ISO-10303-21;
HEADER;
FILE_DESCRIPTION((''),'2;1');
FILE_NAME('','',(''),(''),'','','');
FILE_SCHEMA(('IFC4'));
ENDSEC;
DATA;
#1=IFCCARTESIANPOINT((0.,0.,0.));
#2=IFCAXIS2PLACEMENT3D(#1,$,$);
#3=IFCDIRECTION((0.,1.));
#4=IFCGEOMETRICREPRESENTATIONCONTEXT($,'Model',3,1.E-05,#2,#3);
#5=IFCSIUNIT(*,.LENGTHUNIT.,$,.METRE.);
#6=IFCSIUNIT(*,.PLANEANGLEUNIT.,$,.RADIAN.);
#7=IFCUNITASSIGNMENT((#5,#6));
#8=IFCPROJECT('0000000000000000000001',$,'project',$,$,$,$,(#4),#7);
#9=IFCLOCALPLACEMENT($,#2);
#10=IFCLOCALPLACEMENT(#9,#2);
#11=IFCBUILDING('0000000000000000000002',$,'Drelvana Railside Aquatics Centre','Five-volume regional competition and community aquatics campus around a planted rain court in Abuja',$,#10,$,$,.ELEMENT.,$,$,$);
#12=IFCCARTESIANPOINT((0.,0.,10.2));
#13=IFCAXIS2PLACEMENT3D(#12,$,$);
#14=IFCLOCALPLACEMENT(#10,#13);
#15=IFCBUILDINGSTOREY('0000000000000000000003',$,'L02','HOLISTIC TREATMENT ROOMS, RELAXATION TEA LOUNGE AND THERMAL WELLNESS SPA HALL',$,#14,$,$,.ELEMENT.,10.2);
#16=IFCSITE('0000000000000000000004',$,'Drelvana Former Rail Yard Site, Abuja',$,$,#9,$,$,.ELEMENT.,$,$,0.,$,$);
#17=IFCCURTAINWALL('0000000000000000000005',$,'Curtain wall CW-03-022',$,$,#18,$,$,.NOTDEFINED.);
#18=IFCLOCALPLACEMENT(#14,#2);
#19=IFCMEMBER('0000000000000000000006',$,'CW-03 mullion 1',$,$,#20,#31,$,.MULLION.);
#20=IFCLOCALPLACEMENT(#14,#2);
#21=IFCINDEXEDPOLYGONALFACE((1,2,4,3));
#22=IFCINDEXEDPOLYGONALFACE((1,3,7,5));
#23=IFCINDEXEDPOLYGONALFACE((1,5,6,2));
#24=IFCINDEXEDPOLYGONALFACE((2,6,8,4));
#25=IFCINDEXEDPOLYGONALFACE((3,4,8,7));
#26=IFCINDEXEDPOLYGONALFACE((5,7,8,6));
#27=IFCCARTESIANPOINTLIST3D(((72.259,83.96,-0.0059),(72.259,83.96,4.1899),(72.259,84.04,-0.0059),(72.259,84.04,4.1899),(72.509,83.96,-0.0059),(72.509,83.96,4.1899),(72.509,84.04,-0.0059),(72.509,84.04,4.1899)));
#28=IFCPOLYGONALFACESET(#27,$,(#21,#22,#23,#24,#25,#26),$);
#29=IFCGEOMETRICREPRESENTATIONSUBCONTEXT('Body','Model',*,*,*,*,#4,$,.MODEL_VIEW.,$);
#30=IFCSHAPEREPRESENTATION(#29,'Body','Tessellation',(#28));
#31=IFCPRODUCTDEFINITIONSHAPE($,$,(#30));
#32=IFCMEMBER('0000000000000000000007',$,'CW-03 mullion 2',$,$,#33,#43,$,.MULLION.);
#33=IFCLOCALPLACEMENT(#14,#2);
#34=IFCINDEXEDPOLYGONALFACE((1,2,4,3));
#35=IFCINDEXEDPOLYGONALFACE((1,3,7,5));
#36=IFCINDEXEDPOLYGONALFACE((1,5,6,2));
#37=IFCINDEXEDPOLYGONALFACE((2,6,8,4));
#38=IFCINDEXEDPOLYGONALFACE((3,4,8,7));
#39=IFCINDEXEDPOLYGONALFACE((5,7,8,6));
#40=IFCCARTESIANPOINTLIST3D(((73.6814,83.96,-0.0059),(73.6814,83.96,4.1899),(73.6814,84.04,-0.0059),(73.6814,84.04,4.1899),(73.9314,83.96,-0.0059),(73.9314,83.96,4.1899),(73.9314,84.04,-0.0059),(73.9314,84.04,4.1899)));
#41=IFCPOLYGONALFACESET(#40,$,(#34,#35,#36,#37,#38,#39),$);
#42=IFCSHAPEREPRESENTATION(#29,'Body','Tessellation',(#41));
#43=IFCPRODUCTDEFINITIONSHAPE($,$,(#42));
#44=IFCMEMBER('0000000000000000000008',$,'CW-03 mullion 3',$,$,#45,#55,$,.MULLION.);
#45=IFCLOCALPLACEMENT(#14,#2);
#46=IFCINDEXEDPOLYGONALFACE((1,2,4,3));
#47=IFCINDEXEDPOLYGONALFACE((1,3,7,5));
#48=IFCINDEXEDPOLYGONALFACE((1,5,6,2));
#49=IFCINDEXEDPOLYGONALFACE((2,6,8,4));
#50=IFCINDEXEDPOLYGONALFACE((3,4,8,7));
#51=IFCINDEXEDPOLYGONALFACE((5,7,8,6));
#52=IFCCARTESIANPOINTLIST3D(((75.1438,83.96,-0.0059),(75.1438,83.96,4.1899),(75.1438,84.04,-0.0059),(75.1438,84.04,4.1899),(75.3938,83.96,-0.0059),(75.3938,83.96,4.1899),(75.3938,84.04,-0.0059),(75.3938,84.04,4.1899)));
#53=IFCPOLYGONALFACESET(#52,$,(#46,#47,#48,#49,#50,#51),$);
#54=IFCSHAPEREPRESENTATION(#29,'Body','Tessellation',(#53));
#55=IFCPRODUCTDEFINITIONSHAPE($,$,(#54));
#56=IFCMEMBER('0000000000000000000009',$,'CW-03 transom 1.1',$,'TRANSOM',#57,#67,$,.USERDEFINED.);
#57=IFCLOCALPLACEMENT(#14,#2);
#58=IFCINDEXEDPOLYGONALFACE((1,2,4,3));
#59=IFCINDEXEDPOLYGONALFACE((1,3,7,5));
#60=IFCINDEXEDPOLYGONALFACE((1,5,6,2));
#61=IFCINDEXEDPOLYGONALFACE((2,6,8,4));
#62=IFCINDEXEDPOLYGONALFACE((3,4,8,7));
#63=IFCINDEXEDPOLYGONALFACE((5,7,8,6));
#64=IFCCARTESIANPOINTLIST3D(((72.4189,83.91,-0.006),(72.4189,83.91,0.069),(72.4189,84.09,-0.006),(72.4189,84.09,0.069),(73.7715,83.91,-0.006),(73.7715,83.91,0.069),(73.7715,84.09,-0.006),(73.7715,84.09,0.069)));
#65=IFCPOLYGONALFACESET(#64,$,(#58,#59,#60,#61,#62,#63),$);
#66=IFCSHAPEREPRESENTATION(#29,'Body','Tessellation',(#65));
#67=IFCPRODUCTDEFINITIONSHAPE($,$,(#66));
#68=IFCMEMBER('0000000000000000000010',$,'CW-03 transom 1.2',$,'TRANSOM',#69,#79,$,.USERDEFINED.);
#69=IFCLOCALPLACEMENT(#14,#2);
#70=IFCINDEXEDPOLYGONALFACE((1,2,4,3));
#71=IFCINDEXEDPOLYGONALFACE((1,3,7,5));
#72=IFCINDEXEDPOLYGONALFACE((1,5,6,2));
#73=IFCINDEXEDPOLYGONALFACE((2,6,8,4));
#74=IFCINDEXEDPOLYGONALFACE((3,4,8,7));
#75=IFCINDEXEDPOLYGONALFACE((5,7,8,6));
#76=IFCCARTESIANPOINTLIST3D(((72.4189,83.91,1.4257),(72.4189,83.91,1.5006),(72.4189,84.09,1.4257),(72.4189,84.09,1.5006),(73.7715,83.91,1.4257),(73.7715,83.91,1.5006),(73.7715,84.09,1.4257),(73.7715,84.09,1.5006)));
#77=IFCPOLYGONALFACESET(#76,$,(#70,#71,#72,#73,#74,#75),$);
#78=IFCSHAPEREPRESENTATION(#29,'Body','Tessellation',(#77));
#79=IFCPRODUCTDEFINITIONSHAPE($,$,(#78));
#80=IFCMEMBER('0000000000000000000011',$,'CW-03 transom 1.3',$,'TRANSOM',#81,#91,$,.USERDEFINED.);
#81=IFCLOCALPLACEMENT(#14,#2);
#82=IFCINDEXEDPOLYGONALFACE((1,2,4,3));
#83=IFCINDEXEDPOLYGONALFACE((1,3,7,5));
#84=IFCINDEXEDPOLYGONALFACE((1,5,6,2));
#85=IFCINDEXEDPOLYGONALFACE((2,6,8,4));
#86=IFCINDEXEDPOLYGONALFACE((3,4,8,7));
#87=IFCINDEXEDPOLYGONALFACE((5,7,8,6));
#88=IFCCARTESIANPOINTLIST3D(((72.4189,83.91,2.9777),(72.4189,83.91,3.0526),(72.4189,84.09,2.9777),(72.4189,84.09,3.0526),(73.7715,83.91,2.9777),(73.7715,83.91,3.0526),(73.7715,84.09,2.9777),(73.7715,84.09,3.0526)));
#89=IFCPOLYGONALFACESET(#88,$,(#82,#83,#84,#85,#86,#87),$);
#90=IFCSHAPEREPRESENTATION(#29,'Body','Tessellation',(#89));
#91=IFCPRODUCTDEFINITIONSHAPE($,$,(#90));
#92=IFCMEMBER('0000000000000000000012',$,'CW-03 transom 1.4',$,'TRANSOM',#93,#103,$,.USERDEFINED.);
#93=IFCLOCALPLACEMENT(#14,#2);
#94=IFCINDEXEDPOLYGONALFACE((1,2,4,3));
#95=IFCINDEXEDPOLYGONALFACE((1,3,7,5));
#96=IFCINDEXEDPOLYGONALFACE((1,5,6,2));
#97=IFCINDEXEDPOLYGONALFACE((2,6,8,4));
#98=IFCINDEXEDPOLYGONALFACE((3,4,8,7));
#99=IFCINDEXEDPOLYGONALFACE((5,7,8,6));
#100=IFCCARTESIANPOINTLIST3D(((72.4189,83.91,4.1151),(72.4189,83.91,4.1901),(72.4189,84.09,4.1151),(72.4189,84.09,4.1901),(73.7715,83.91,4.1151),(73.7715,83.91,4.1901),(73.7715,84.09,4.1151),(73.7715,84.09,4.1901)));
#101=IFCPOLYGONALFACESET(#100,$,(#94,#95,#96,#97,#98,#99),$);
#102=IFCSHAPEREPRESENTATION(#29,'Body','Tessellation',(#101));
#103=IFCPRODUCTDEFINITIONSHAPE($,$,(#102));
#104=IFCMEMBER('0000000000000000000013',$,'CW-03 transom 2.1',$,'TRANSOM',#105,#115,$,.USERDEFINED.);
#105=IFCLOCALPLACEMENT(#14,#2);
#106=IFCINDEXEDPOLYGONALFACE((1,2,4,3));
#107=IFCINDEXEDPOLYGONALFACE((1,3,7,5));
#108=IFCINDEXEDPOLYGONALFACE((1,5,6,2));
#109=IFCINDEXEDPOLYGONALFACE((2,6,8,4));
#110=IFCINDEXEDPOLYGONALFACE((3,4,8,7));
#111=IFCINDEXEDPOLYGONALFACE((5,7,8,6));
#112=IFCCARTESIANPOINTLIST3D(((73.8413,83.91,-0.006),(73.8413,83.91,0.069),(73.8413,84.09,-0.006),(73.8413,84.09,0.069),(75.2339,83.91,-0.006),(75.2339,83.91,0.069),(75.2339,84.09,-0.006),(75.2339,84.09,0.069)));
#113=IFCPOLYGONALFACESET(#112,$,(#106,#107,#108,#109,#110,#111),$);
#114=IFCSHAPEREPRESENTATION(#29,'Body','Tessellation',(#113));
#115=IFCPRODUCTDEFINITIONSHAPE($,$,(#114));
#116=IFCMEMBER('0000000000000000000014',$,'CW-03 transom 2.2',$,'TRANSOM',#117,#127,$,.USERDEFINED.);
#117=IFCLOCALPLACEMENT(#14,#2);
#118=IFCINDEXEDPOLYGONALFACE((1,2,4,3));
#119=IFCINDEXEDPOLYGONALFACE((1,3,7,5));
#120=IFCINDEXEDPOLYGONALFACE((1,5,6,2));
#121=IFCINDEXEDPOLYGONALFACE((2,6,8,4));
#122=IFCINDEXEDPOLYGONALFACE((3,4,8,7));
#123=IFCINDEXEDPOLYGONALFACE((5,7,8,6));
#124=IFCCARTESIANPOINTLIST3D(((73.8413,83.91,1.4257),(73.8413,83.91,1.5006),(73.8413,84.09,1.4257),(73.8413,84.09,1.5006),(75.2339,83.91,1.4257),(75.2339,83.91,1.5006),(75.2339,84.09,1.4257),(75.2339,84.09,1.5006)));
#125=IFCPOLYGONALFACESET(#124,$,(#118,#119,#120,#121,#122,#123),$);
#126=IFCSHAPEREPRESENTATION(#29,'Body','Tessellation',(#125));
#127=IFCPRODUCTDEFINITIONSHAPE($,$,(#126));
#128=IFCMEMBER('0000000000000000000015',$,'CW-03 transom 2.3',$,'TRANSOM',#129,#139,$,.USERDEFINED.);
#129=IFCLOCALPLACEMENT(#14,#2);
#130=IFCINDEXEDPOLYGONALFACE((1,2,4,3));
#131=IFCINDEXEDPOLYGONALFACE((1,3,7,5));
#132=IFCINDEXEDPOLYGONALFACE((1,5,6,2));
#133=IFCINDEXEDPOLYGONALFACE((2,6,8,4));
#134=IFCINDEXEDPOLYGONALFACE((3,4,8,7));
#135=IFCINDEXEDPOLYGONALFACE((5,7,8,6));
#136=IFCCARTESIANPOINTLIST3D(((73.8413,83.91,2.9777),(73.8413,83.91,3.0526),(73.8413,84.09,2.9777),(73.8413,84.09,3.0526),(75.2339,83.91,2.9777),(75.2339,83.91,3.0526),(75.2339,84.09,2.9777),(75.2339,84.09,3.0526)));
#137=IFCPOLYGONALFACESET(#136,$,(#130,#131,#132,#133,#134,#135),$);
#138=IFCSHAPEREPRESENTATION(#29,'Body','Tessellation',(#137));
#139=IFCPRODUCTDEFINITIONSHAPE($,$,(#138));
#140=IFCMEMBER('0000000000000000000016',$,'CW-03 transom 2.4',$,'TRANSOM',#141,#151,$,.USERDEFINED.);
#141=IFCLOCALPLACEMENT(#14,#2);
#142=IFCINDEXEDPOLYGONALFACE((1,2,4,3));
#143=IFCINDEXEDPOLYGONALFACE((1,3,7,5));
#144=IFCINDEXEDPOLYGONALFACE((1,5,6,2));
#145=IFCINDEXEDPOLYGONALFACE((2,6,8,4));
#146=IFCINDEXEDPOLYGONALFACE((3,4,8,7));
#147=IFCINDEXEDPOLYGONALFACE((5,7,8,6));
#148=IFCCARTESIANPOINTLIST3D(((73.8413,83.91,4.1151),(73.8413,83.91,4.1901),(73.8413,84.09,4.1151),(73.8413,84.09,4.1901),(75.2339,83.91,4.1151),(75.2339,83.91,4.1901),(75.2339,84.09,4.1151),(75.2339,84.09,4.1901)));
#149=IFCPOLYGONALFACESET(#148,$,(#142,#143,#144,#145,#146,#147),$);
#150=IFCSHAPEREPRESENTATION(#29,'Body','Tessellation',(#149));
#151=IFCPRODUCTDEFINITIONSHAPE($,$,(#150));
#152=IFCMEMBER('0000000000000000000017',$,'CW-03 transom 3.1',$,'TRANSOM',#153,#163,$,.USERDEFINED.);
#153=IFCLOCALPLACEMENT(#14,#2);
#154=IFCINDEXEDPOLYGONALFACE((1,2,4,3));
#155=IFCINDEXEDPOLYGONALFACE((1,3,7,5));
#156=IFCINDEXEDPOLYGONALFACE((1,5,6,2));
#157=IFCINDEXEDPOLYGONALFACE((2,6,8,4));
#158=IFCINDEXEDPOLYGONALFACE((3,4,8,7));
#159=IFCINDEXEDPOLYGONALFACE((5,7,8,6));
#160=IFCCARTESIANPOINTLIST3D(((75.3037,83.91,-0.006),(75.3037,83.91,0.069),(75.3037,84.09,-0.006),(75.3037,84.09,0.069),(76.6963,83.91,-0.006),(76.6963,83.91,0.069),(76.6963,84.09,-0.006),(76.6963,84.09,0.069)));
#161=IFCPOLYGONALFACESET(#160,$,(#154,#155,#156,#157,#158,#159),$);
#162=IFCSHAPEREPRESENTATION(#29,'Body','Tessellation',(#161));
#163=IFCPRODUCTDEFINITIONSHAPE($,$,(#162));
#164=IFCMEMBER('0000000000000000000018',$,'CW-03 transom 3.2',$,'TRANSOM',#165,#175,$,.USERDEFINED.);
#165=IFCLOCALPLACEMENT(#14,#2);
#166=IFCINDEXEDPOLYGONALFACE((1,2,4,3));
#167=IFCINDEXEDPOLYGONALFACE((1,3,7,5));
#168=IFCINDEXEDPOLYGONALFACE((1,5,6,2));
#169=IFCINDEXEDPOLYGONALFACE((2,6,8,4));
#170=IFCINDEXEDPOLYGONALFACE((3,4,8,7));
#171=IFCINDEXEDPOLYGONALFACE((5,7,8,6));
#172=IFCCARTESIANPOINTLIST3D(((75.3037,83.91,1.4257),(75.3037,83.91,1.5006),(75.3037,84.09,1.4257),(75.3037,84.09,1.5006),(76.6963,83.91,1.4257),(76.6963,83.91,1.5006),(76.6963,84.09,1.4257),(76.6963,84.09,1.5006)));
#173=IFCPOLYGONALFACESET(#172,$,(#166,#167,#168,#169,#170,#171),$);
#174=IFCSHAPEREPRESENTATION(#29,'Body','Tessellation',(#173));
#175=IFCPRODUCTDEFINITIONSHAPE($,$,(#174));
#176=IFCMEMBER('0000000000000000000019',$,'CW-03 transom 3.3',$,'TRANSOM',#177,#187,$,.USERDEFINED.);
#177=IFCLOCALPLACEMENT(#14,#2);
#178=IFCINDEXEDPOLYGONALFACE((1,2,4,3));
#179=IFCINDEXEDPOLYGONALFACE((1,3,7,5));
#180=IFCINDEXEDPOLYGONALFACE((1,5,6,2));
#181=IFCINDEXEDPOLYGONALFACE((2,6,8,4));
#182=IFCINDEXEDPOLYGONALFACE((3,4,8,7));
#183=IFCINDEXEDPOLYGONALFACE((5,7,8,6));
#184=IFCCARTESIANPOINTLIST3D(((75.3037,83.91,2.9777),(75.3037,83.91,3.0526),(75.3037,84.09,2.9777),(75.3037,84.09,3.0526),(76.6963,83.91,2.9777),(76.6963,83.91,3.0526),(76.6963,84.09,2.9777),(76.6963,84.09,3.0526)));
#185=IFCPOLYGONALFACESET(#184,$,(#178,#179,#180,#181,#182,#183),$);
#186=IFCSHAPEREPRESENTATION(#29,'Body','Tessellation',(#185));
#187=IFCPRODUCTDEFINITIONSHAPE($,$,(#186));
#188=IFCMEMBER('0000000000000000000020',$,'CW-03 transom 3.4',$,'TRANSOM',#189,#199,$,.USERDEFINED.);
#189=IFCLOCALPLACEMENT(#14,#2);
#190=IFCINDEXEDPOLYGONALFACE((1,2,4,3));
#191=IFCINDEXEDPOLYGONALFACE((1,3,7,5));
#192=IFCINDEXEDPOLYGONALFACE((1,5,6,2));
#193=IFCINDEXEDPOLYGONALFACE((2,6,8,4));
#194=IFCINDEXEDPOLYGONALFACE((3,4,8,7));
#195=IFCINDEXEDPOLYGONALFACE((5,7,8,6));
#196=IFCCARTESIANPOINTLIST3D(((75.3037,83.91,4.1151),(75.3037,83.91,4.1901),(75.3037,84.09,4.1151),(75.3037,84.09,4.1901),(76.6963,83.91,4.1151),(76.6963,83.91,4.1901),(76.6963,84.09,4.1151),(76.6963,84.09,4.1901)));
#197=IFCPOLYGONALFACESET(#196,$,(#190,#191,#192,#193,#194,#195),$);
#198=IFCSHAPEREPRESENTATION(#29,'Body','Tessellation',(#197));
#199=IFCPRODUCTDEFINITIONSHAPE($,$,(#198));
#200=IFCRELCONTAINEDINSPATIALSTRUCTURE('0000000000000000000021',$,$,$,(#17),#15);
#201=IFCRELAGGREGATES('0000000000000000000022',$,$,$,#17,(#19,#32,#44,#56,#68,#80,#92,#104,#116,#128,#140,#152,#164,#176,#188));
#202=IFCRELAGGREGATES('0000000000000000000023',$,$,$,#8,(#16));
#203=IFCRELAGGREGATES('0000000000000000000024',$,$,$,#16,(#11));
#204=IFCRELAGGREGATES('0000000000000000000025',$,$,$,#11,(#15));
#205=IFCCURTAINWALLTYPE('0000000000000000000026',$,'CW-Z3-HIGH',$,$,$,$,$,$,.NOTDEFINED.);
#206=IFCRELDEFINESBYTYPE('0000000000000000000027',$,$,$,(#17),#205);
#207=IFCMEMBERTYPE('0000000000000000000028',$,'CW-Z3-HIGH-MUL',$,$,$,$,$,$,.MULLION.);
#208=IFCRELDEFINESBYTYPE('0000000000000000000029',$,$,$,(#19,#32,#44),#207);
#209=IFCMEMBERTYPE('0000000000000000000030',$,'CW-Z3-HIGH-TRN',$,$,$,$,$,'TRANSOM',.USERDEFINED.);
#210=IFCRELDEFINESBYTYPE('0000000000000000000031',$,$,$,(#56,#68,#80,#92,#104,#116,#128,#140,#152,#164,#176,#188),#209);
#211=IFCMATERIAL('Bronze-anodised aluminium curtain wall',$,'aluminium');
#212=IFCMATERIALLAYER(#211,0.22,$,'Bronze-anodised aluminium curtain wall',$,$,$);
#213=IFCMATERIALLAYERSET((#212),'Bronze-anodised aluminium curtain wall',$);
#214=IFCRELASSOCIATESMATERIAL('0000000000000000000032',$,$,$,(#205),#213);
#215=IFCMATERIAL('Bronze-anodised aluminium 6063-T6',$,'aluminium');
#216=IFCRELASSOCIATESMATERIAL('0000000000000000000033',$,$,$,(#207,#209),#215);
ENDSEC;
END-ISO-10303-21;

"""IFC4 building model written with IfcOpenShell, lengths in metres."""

from ifc_helpers import new_model, si_unit, direction, frame, origin, origin_2d, place, context, subcontext, project, spatial, rectangle, extrude, material, layer, layer_set, material_profile, profile_set, type_object, element, aggregate, save


model = new_model("IFC4")

# Units and contexts
model_context = context("Model", 3, precision=1e-05, world=origin(), true_north=direction((0.0, 1.0)))
body_context = subcontext(model_context, "Body", "Model", "MODEL_VIEW")
ifc_project = project(units=[si_unit("LENGTHUNIT", "METRE"), si_unit("PLANEANGLEUNIT", "RADIAN")], contexts=[model_context])

# Site, building, storey
site_placement = place(None, origin())
site = spatial("IfcSite", under=ifc_project, at=site_placement, Name="Drelvana Former Rail Yard Site, Abuja", CompositionType="ELEMENT", RefElevation=0.0)
building_placement = place(site_placement, origin())
building = spatial("IfcBuilding", under=site, at=building_placement, Name="Drelvana Railside Aquatics Centre", Description="Five-volume regional competition and community aquatics campus around a planted rain court in Abuja", CompositionType="ELEMENT")
storey_placement = place(building_placement, frame((0.0, 0.0, 10.2)))
storey = spatial("IfcBuildingStorey", under=building, at=storey_placement, Name="L02", Description="HOLISTIC TREATMENT ROOMS, RELAXATION TEA LOUNGE AND THERMAL WELLNESS SPA HALL", CompositionType="ELEMENT", Elevation=10.2)

# Curtain wall, members
ifc_material_1 = material(Name="Bronze-anodised aluminium curtain wall", Category="aluminium")
ifc_layer_1 = layer(ifc_material_1, 0.22, Name="Bronze-anodised aluminium curtain wall")
ifc_layer_set_1 = layer_set([ifc_layer_1], Name="Bronze-anodised aluminium curtain wall")
curtain_wall_type = type_object("IfcCurtainWallType", Name="CW-Z3-HIGH", PredefinedType="NOTDEFINED", material=ifc_layer_set_1)
curtain_wall_placement = place(storey_placement, origin())
curtain_wall = element("IfcCurtainWall", 1, at=curtain_wall_placement, inside=storey, type_object=curtain_wall_type, Name="Curtain wall CW-03-022", PredefinedType="NOTDEFINED")
ifc_material_2 = material(Name="Bronze-anodised aluminium 6063-T6", Category="aluminium")
ifc_material_profile_1 = material_profile(ifc_material_2, rectangle(XDim=0.0801, YDim=0.25, at=origin_2d()), Name="ALU-M 80x250")
ifc_profile_set_1 = profile_set([ifc_material_profile_1], Name="Bronze-anodised aluminium 6063-T6")
member_type_1 = type_object("IfcMemberType", Name="CW-Z3-HIGH-MUL", PredefinedType="MULLION", material=ifc_profile_set_1)
member_1_placement = place(storey_placement, frame((72.384, 84.0, -0.0059), z_axis=(0.0, 0.0, 1.0), x_axis=(0.0, 1.0, 0.0)))
member_1 = element("IfcMember", 2, at=member_1_placement, type_object=member_type_1, Name="CW-03 mullion 1", PredefinedType="MULLION", context=body_context, shape_type="SweptSolid", body=[
    extrude(rectangle(XDim=0.0801, YDim=0.25, at=origin_2d()), origin(), (0.0, 0.0, 1.0), 4.1958),
])
member_2_placement = place(storey_placement, frame((73.8064, 84.0, -0.0059), z_axis=(0.0, 0.0, 1.0), x_axis=(0.0, 1.0, 0.0)))
member_2 = element("IfcMember", 3, at=member_2_placement, type_object=member_type_1, Name="CW-03 mullion 2", PredefinedType="MULLION", context=body_context, shape_type="SweptSolid", body=[
    extrude(rectangle(XDim=0.0801, YDim=0.25, at=origin_2d()), origin(), (0.0, 0.0, 1.0), 4.1958),
])
member_3_placement = place(storey_placement, frame((75.2688, 84.0, -0.0059), z_axis=(0.0, 0.0, 1.0), x_axis=(0.0, 1.0, 0.0)))
member_3 = element("IfcMember", 4, at=member_3_placement, type_object=member_type_1, Name="CW-03 mullion 3", PredefinedType="MULLION", context=body_context, shape_type="SweptSolid", body=[
    extrude(rectangle(XDim=0.0801, YDim=0.25, at=origin_2d()), origin(), (0.0, 0.0, 1.0), 4.1958),
])
ifc_material_profile_2 = material_profile(ifc_material_2, rectangle(XDim=0.1799, YDim=0.075, at=origin_2d()), Name="ALU-T 75x180")
ifc_profile_set_2 = profile_set([ifc_material_profile_2], Name="Bronze-anodised aluminium 6063-T6")
member_type_2 = type_object("IfcMemberType", Name="CW-Z3-HIGH-TRN", ElementType="TRANSOM", PredefinedType="USERDEFINED", material=ifc_profile_set_2)
member_4_placement = place(storey_placement, frame((72.4189, 84.0, 0.0315), z_axis=(1.0, 0.0, 0.0), x_axis=(0.0, 1.0, 0.0)))
member_4 = element("IfcMember", 5, at=member_4_placement, type_object=member_type_2, Name="CW-03 transom 1.1", ObjectType="TRANSOM", PredefinedType="USERDEFINED", context=body_context, shape_type="SweptSolid", body=[
    extrude(rectangle(XDim=0.1799, YDim=0.075, at=origin_2d()), origin(), (0.0, 0.0, 1.0), 1.3525),
])
member_5_placement = place(storey_placement, frame((72.4189, 84.0, 1.4631), z_axis=(1.0, 0.0, 0.0), x_axis=(0.0, 1.0, 0.0)))
member_5 = element("IfcMember", 6, at=member_5_placement, type_object=member_type_2, Name="CW-03 transom 1.2", ObjectType="TRANSOM", PredefinedType="USERDEFINED", context=body_context, shape_type="SweptSolid", body=[
    extrude(rectangle(XDim=0.1799, YDim=0.075, at=origin_2d()), origin(), (0.0, 0.0, 1.0), 1.3525),
])
member_6_placement = place(storey_placement, frame((72.4189, 84.0, 3.0151), z_axis=(1.0, 0.0, 0.0), x_axis=(0.0, 1.0, 0.0)))
member_6 = element("IfcMember", 7, at=member_6_placement, type_object=member_type_2, Name="CW-03 transom 1.3", ObjectType="TRANSOM", PredefinedType="USERDEFINED", context=body_context, shape_type="SweptSolid", body=[
    extrude(rectangle(XDim=0.1799, YDim=0.075, at=origin_2d()), origin(), (0.0, 0.0, 1.0), 1.3525),
])
member_7_placement = place(storey_placement, frame((72.4189, 84.0, 4.1526), z_axis=(1.0, 0.0, 0.0), x_axis=(0.0, 1.0, 0.0)))
member_7 = element("IfcMember", 8, at=member_7_placement, type_object=member_type_2, Name="CW-03 transom 1.4", ObjectType="TRANSOM", PredefinedType="USERDEFINED", context=body_context, shape_type="SweptSolid", body=[
    extrude(rectangle(XDim=0.1799, YDim=0.075, at=origin_2d()), origin(), (0.0, 0.0, 1.0), 1.3525),
])
member_8_placement = place(storey_placement, frame((73.8413, 84.0, 0.0315), z_axis=(1.0, 0.0, 0.0), x_axis=(0.0, 1.0, 0.0)))
member_8 = element("IfcMember", 9, at=member_8_placement, type_object=member_type_2, Name="CW-03 transom 2.1", ObjectType="TRANSOM", PredefinedType="USERDEFINED", context=body_context, shape_type="SweptSolid", body=[
    extrude(rectangle(XDim=0.1799, YDim=0.075, at=origin_2d()), origin(), (0.0, 0.0, 1.0), 1.3926),
])
member_9_placement = place(storey_placement, frame((73.8413, 84.0, 1.4631), z_axis=(1.0, 0.0, 0.0), x_axis=(0.0, 1.0, 0.0)))
member_9 = element("IfcMember", 10, at=member_9_placement, type_object=member_type_2, Name="CW-03 transom 2.2", ObjectType="TRANSOM", PredefinedType="USERDEFINED", context=body_context, shape_type="SweptSolid", body=[
    extrude(rectangle(XDim=0.1799, YDim=0.075, at=origin_2d()), origin(), (0.0, 0.0, 1.0), 1.3926),
])
member_10_placement = place(storey_placement, frame((73.8413, 84.0, 3.0151), z_axis=(1.0, 0.0, 0.0), x_axis=(0.0, 1.0, 0.0)))
member_10 = element("IfcMember", 11, at=member_10_placement, type_object=member_type_2, Name="CW-03 transom 2.3", ObjectType="TRANSOM", PredefinedType="USERDEFINED", context=body_context, shape_type="SweptSolid", body=[
    extrude(rectangle(XDim=0.1799, YDim=0.075, at=origin_2d()), origin(), (0.0, 0.0, 1.0), 1.3926),
])
member_11_placement = place(storey_placement, frame((73.8413, 84.0, 4.1526), z_axis=(1.0, 0.0, 0.0), x_axis=(0.0, 1.0, 0.0)))
member_11 = element("IfcMember", 12, at=member_11_placement, type_object=member_type_2, Name="CW-03 transom 2.4", ObjectType="TRANSOM", PredefinedType="USERDEFINED", context=body_context, shape_type="SweptSolid", body=[
    extrude(rectangle(XDim=0.1799, YDim=0.075, at=origin_2d()), origin(), (0.0, 0.0, 1.0), 1.3926),
])
member_12_placement = place(storey_placement, frame((75.3037, 84.0, 0.0315), z_axis=(1.0, 0.0, 0.0), x_axis=(0.0, 1.0, 0.0)))
member_12 = element("IfcMember", 13, at=member_12_placement, type_object=member_type_2, Name="CW-03 transom 3.1", ObjectType="TRANSOM", PredefinedType="USERDEFINED", context=body_context, shape_type="SweptSolid", body=[
    extrude(rectangle(XDim=0.1799, YDim=0.075, at=origin_2d()), origin(), (0.0, 0.0, 1.0), 1.3926),
])
member_13_placement = place(storey_placement, frame((75.3037, 84.0, 1.4631), z_axis=(1.0, 0.0, 0.0), x_axis=(0.0, 1.0, 0.0)))
member_13 = element("IfcMember", 14, at=member_13_placement, type_object=member_type_2, Name="CW-03 transom 3.2", ObjectType="TRANSOM", PredefinedType="USERDEFINED", context=body_context, shape_type="SweptSolid", body=[
    extrude(rectangle(XDim=0.1799, YDim=0.075, at=origin_2d()), origin(), (0.0, 0.0, 1.0), 1.3926),
])
member_14_placement = place(storey_placement, frame((75.3037, 84.0, 3.0151), z_axis=(1.0, 0.0, 0.0), x_axis=(0.0, 1.0, 0.0)))
member_14 = element("IfcMember", 15, at=member_14_placement, type_object=member_type_2, Name="CW-03 transom 3.3", ObjectType="TRANSOM", PredefinedType="USERDEFINED", context=body_context, shape_type="SweptSolid", body=[
    extrude(rectangle(XDim=0.1799, YDim=0.075, at=origin_2d()), origin(), (0.0, 0.0, 1.0), 1.3926),
])
member_15_placement = place(storey_placement, frame((75.3037, 84.0, 4.1526), z_axis=(1.0, 0.0, 0.0), x_axis=(0.0, 1.0, 0.0)))
member_15 = element("IfcMember", 16, at=member_15_placement, type_object=member_type_2, Name="CW-03 transom 3.4", ObjectType="TRANSOM", PredefinedType="USERDEFINED", context=body_context, shape_type="SweptSolid", body=[
    extrude(rectangle(XDim=0.1799, YDim=0.075, at=origin_2d()), origin(), (0.0, 0.0, 1.0), 1.3926),
])
aggregate(curtain_wall, [member_1, member_2, member_3, member_4, member_5, member_6, member_7, member_8, member_9, member_10, member_11, member_12, member_13, member_14, member_15])

save(model, "model.ifc")
